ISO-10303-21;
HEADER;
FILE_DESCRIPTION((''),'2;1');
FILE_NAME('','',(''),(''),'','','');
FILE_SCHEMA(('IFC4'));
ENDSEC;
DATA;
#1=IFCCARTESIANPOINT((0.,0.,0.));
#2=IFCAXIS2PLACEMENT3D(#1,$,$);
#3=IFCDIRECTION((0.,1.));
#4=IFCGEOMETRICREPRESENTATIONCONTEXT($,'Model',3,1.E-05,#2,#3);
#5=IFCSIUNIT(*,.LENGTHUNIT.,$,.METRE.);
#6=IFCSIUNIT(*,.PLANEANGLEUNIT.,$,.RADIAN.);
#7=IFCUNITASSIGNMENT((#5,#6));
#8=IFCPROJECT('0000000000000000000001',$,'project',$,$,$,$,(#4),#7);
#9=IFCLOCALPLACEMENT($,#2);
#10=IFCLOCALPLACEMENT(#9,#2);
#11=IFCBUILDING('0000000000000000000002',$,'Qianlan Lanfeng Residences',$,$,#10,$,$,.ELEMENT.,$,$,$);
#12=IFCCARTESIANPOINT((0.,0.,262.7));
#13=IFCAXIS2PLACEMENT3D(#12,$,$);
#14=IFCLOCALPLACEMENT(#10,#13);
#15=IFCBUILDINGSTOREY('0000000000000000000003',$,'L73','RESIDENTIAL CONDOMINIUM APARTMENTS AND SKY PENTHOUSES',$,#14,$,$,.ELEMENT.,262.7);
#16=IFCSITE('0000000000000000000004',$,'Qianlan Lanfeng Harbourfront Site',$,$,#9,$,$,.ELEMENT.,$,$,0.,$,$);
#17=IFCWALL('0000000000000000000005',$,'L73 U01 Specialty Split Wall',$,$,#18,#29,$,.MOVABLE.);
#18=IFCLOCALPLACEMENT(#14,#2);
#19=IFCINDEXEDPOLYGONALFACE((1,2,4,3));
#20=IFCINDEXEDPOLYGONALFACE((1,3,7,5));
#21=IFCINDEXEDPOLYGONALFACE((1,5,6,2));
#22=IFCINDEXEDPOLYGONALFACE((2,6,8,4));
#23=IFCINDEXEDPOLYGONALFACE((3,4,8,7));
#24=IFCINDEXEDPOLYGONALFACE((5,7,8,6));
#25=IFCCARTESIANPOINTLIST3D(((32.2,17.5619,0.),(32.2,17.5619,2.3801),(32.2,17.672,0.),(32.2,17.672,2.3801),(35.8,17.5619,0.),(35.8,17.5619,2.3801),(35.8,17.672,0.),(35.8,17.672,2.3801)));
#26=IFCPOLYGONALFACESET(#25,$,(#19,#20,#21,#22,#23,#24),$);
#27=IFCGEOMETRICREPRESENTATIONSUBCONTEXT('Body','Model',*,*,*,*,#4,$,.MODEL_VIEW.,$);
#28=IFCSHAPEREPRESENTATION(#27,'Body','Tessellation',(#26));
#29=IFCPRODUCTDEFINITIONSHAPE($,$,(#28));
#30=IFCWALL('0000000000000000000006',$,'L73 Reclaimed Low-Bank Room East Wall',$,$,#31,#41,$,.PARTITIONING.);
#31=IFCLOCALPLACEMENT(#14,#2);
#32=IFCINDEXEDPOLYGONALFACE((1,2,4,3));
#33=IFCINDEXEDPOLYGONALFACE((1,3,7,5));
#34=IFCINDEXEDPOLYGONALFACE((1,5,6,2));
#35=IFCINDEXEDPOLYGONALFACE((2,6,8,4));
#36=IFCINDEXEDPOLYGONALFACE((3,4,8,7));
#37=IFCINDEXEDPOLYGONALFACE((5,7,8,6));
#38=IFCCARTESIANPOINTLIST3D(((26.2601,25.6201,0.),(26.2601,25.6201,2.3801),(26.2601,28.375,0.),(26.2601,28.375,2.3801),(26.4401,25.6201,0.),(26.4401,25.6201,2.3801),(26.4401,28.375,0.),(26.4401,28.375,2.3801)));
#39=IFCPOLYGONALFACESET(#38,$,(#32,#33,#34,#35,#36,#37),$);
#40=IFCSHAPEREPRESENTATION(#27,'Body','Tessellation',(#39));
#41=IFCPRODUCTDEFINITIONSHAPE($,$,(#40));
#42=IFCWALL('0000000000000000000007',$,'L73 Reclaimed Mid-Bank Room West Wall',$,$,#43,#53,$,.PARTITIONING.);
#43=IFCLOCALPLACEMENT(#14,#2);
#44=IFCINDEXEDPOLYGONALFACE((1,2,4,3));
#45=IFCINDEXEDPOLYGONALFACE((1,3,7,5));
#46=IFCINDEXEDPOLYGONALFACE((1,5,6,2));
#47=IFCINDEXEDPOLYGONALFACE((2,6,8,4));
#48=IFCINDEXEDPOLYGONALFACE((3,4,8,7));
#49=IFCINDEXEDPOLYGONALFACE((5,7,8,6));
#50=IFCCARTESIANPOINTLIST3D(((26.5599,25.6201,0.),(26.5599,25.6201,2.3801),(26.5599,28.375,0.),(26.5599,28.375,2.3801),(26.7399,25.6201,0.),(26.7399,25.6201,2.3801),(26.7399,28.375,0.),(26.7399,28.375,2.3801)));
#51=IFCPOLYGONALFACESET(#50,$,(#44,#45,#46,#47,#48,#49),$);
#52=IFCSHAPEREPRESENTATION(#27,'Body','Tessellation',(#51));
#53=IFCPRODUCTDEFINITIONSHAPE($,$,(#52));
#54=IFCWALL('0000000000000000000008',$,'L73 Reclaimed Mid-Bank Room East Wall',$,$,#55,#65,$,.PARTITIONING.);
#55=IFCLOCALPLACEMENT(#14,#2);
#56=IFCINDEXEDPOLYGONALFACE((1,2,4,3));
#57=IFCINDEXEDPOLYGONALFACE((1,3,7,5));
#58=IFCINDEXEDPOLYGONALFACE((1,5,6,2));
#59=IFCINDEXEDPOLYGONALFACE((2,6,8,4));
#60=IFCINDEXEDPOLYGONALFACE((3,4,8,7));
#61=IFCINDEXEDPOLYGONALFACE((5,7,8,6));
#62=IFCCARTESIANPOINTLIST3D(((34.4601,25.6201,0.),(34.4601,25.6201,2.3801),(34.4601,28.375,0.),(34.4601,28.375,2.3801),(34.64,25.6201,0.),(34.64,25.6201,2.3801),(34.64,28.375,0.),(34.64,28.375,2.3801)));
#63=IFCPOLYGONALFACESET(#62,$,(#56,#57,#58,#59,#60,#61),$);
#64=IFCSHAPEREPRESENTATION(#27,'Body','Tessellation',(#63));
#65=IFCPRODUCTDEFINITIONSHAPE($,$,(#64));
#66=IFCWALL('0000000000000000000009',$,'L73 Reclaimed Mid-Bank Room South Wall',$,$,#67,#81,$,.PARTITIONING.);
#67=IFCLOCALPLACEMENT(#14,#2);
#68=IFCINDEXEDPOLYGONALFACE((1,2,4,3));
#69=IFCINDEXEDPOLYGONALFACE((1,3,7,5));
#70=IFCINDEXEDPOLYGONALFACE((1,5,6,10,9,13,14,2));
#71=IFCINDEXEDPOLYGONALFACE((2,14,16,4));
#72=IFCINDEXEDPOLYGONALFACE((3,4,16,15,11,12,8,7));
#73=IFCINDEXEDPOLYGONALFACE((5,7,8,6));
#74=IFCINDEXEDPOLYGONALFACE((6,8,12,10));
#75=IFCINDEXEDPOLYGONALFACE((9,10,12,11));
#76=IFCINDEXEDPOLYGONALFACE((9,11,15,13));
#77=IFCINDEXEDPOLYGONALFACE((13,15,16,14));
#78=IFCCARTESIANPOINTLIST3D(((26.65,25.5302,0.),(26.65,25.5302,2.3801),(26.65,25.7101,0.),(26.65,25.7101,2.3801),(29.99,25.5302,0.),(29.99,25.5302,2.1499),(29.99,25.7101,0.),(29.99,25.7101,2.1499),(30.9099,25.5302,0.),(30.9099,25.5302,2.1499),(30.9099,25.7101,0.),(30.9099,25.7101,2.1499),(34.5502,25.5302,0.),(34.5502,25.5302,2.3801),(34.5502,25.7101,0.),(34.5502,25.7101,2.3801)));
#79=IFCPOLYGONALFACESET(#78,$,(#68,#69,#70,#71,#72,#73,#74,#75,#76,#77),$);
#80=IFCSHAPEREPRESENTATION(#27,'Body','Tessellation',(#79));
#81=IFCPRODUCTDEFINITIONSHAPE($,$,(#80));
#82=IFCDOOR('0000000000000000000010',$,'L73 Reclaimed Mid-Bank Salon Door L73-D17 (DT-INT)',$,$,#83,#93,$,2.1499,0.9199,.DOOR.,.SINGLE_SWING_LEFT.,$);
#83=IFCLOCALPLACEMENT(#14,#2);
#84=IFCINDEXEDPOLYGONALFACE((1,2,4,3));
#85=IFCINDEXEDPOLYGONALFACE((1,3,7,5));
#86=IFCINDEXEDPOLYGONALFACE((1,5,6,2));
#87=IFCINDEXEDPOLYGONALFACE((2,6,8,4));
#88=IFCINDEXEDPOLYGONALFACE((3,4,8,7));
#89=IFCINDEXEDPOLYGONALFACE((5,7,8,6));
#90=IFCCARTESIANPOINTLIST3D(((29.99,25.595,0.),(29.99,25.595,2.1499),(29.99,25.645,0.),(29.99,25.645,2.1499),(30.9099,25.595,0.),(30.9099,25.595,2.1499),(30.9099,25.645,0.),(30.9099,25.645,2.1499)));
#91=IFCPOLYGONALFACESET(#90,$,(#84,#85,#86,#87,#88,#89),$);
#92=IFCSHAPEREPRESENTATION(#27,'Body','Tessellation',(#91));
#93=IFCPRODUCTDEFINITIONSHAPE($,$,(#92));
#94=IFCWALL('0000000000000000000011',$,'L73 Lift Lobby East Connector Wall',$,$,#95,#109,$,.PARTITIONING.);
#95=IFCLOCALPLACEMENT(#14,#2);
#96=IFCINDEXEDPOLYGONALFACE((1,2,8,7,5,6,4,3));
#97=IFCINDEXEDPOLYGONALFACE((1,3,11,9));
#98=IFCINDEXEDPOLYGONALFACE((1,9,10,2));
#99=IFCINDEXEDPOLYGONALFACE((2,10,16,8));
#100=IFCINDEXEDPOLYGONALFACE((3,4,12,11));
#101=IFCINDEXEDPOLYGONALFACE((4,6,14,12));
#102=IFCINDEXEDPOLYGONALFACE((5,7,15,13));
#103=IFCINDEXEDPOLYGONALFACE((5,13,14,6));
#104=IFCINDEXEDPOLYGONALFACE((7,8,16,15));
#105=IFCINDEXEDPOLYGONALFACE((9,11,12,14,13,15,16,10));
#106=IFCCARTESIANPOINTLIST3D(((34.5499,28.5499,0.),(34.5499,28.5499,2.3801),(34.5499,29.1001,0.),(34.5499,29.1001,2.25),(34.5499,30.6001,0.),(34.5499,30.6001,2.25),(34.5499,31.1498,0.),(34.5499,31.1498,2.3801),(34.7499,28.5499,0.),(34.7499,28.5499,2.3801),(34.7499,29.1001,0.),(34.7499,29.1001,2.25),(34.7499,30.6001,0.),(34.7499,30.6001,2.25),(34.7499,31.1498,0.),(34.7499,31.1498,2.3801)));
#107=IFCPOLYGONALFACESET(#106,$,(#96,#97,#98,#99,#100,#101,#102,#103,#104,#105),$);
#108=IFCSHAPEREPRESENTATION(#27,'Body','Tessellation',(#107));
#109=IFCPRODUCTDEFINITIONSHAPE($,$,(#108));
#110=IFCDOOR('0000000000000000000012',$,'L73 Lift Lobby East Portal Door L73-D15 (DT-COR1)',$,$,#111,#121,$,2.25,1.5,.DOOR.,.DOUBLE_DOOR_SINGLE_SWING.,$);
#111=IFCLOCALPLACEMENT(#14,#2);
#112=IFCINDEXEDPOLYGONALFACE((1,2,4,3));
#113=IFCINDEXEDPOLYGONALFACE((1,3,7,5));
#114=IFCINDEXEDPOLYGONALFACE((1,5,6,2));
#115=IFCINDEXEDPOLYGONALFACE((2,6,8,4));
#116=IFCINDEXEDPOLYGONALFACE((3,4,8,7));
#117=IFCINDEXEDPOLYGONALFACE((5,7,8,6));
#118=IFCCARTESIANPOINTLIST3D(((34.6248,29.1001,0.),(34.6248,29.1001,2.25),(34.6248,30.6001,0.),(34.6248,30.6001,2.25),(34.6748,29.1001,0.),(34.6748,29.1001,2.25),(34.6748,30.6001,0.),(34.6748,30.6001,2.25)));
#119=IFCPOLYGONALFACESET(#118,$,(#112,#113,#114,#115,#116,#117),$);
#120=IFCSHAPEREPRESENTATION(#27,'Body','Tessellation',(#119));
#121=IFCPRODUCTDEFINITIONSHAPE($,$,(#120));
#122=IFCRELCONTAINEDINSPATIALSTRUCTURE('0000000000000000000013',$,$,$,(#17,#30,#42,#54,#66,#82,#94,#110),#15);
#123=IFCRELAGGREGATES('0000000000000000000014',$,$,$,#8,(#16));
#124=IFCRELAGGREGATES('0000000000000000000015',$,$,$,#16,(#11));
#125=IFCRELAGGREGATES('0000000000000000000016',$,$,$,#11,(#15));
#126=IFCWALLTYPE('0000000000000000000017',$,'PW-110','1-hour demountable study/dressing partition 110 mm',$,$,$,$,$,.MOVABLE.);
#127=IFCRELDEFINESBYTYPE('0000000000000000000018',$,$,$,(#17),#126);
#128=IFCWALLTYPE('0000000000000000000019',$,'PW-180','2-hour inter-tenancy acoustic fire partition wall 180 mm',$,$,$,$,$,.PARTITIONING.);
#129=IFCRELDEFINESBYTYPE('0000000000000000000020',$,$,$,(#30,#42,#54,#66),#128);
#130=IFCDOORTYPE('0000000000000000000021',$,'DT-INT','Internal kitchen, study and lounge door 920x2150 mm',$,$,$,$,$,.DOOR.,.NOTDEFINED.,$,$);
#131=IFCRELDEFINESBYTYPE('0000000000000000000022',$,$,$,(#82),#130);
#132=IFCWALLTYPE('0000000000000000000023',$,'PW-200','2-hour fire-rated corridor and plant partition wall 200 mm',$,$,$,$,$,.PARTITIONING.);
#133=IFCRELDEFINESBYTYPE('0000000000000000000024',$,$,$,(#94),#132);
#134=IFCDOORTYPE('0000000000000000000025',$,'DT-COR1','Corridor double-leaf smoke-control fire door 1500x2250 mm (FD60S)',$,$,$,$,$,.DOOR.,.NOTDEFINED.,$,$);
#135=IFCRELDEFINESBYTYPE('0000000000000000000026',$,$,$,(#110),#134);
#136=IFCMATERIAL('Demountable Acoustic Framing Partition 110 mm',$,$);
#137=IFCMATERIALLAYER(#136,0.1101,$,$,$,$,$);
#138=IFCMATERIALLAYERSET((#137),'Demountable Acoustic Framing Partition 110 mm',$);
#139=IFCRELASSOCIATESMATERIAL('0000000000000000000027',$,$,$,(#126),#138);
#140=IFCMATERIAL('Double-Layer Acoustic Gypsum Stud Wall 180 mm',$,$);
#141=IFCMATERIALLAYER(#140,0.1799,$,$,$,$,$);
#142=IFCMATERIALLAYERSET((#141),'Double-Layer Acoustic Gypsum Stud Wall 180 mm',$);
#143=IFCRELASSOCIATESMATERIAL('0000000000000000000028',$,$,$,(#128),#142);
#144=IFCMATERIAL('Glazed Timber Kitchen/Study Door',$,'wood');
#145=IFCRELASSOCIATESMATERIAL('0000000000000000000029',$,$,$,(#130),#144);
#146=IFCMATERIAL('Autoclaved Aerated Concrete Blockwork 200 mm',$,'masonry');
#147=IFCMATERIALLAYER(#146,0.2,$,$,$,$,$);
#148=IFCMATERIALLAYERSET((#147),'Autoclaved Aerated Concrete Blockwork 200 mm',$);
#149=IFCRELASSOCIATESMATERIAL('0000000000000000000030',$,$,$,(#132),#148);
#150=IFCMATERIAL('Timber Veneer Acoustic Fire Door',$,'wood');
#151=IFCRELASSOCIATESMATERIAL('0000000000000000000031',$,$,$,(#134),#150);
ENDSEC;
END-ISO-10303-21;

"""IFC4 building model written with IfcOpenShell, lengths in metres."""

from ifc_helpers import new_model, si_unit, direction, frame, frame_2d, origin, place, context, subcontext, project, spatial, rectangle, extrude, material, layer, layer_set, type_object, element, fill, save


model = new_model("IFC4")

# Units and contexts
model_context = context("Model", 3, precision=1e-05, world=origin(), true_north=direction((0.0, 1.0)))
body_context = subcontext(model_context, "Body", "Model", "MODEL_VIEW")
ifc_project = project(units=[si_unit("LENGTHUNIT", "METRE"), si_unit("PLANEANGLEUNIT", "RADIAN")], contexts=[model_context])

# Site, building, storey
site_placement = place(None, origin())
site = spatial("IfcSite", under=ifc_project, at=site_placement, Name="Qianlan Lanfeng Harbourfront Site", CompositionType="ELEMENT", RefElevation=0.0)
building_placement = place(site_placement, origin())
building = spatial("IfcBuilding", under=site, at=building_placement, Name="Qianlan Lanfeng Residences", CompositionType="ELEMENT")
storey_placement = place(building_placement, frame((0.0, 0.0, 262.7)))
storey = spatial("IfcBuildingStorey", under=building, at=storey_placement, Name="L73", Description="RESIDENTIAL CONDOMINIUM APARTMENTS AND SKY PENTHOUSES", CompositionType="ELEMENT", Elevation=262.7)

# Walls
ifc_material_1 = material(Name="Demountable Acoustic Framing Partition 110 mm")
ifc_layer_1 = layer(ifc_material_1, 0.1101)
ifc_layer_set_1 = layer_set([ifc_layer_1], Name="Demountable Acoustic Framing Partition 110 mm")
wall_type_1 = type_object("IfcWallType", Name="PW-110", Description="1-hour demountable study/dressing partition 110 mm", PredefinedType="MOVABLE", material=ifc_layer_set_1)
wall_1_placement = place(storey_placement, frame((32.2, 17.6169, 0.0), z_axis=(0.0, 0.0, 1.0), x_axis=(1.0, 0.0, 0.0)))
element("IfcWall", 1, at=wall_1_placement, inside=storey, type_object=wall_type_1, Name="L73 U01 Specialty Split Wall", PredefinedType="MOVABLE", context=body_context, shape_type="SweptSolid", body=[
    extrude(rectangle(XDim=3.6001, YDim=0.1101, at=frame_2d((1.8, 0.0))), origin(), (0.0, 0.0, 1.0), 2.3801),
])
ifc_material_2 = material(Name="Double-Layer Acoustic Gypsum Stud Wall 180 mm")
ifc_layer_2 = layer(ifc_material_2, 0.1799)
ifc_layer_set_2 = layer_set([ifc_layer_2], Name="Double-Layer Acoustic Gypsum Stud Wall 180 mm")
wall_type_2 = type_object("IfcWallType", Name="PW-180", Description="2-hour inter-tenancy acoustic fire partition wall 180 mm", PredefinedType="PARTITIONING", material=ifc_layer_set_2)
for number, where, z_axis, x_axis, name in (
    (2, (26.3501, 25.6201, 0.0), (0.0, 0.0, 1.0), (0.0, 1.0, 0.0), "L73 Reclaimed Low-Bank Room East Wall"),
    (3, (26.6499, 25.6201, 0.0), (0.0, 0.0, 1.0), (0.0, 1.0, 0.0), "L73 Reclaimed Mid-Bank Room West Wall"),
    (4, (34.55, 25.6201, 0.0), (0.0, 0.0, 1.0), (0.0, 1.0, 0.0), "L73 Reclaimed Mid-Bank Room East Wall"),
):
    element("IfcWall", number, at=place(storey_placement, frame(where, z_axis=z_axis, x_axis=x_axis)), inside=storey, type_object=wall_type_2, Name=name, PredefinedType="PARTITIONING", context=body_context, shape_type="SweptSolid", body=[
        extrude(rectangle(XDim=2.7549, YDim=0.1799, at=frame_2d((1.3774, 0.0))), origin(), (0.0, 0.0, 1.0), 2.3801),
    ])

# Walls, openings, doors
wall_2_placement = place(storey_placement, frame((26.6499, 25.6201, 0.0), z_axis=(0.0, 0.0, 1.0), x_axis=(1.0, 0.0, 0.0)))
wall_2 = element("IfcWall", 5, at=wall_2_placement, inside=storey, type_object=wall_type_2, Name="L73 Reclaimed Mid-Bank Room South Wall", PredefinedType="PARTITIONING", context=body_context, shape_type="SweptSolid", body=[
    extrude(rectangle(XDim=7.9001, YDim=0.1799, at=frame_2d((3.9502, 0.0))), origin(), (0.0, 0.0, 1.0), 2.3801),
])
opening_1_placement = place(wall_2_placement, frame((3.3401, 0.0, 0.0)))
opening_1 = element("IfcOpeningElement", 6, at=opening_1_placement, cuts=wall_2, PredefinedType="OPENING", context=body_context, shape_type="SweptSolid", body=[
    extrude(rectangle(XDim=0.9199, YDim=2.1499, at=frame_2d((0.46, 1.075))), frame((0.0, 0.1001, 0.0), z_axis=(0.0, -1.0, 0.0), x_axis=(1.0, 0.0, 0.0)), (0.0, 0.0, 1.0), 0.2),
])
ifc_material_3 = material(Name="Glazed Timber Kitchen/Study Door", Category="wood")
door_type_1 = type_object("IfcDoorType", Name="DT-INT", Description="Internal kitchen, study and lounge door 920x2150 mm", OperationType="NOTDEFINED", PredefinedType="DOOR", material=ifc_material_3)
door_1_placement = place(opening_1_placement, origin())
door_1 = element("IfcDoor", 7, at=door_1_placement, inside=storey, type_object=door_type_1, Name="L73 Reclaimed Mid-Bank Salon Door L73-D17 (DT-INT)", OperationType="SINGLE_SWING_LEFT", OverallHeight=2.1499, OverallWidth=0.9199, PredefinedType="DOOR", context=body_context, shape_type="SweptSolid", body=[
    extrude(rectangle(XDim=0.9199, YDim=2.1499, at=frame_2d((0.46, 1.075))), frame((0.0, 0.0249, 0.0), z_axis=(0.0, -1.0, 0.0), x_axis=(1.0, 0.0, 0.0)), (0.0, 0.0, 1.0), 0.05),
])
fill(opening_1, door_1)
ifc_material_4 = material(Name="Autoclaved Aerated Concrete Blockwork 200 mm", Category="masonry")
ifc_layer_3 = layer(ifc_material_4, 0.2)
ifc_layer_set_3 = layer_set([ifc_layer_3], Name="Autoclaved Aerated Concrete Blockwork 200 mm")
wall_type_3 = type_object("IfcWallType", Name="PW-200", Description="2-hour fire-rated corridor and plant partition wall 200 mm", PredefinedType="PARTITIONING", material=ifc_layer_set_3)
wall_3_placement = place(storey_placement, frame((34.6499, 28.55, 0.0), z_axis=(0.0, 0.0, 1.0), x_axis=(0.0, 1.0, 0.0)))
wall_3 = element("IfcWall", 8, at=wall_3_placement, inside=storey, type_object=wall_type_3, Name="L73 Lift Lobby East Connector Wall", PredefinedType="PARTITIONING", context=body_context, shape_type="SweptSolid", body=[
    extrude(rectangle(XDim=2.5999, YDim=0.2, at=frame_2d((1.2998, 0.0))), origin(), (0.0, 0.0, 1.0), 2.3801),
])
opening_2_placement = place(wall_3_placement, frame((0.55, 0.0, 0.0)))
opening_2 = element("IfcOpeningElement", 9, at=opening_2_placement, cuts=wall_3, PredefinedType="OPENING", context=body_context, shape_type="SweptSolid", body=[
    extrude(rectangle(XDim=1.5, YDim=2.25, at=frame_2d((0.75, 1.125))), frame((0.0, 0.1099, 0.0), z_axis=(0.0, -1.0, 0.0), x_axis=(1.0, 0.0, 0.0)), (0.0, 0.0, 1.0), 0.22),
])
ifc_material_5 = material(Name="Timber Veneer Acoustic Fire Door", Category="wood")
door_type_2 = type_object("IfcDoorType", Name="DT-COR1", Description="Corridor double-leaf smoke-control fire door 1500x2250 mm (FD60S)", OperationType="NOTDEFINED", PredefinedType="DOOR", material=ifc_material_5)
door_2_placement = place(opening_2_placement, frame((1.5, 0.0, 0.0), z_axis=(0.0, 0.0, 1.0), x_axis=(-1.0, 0.0, 0.0)))
door_2 = element("IfcDoor", 10, at=door_2_placement, inside=storey, type_object=door_type_2, Name="L73 Lift Lobby East Portal Door L73-D15 (DT-COR1)", OperationType="DOUBLE_DOOR_SINGLE_SWING", OverallHeight=2.25, OverallWidth=1.5, PredefinedType="DOOR", context=body_context, shape_type="SweptSolid", body=[
    extrude(rectangle(XDim=1.5, YDim=2.25, at=frame_2d((0.75, 1.125))), frame((0.0, 0.0249, 0.0), z_axis=(0.0, -1.0, 0.0), x_axis=(1.0, 0.0, 0.0)), (0.0, 0.0, 1.0), 0.05),
])
fill(opening_2, door_2)

save(model, "model.ifc")
